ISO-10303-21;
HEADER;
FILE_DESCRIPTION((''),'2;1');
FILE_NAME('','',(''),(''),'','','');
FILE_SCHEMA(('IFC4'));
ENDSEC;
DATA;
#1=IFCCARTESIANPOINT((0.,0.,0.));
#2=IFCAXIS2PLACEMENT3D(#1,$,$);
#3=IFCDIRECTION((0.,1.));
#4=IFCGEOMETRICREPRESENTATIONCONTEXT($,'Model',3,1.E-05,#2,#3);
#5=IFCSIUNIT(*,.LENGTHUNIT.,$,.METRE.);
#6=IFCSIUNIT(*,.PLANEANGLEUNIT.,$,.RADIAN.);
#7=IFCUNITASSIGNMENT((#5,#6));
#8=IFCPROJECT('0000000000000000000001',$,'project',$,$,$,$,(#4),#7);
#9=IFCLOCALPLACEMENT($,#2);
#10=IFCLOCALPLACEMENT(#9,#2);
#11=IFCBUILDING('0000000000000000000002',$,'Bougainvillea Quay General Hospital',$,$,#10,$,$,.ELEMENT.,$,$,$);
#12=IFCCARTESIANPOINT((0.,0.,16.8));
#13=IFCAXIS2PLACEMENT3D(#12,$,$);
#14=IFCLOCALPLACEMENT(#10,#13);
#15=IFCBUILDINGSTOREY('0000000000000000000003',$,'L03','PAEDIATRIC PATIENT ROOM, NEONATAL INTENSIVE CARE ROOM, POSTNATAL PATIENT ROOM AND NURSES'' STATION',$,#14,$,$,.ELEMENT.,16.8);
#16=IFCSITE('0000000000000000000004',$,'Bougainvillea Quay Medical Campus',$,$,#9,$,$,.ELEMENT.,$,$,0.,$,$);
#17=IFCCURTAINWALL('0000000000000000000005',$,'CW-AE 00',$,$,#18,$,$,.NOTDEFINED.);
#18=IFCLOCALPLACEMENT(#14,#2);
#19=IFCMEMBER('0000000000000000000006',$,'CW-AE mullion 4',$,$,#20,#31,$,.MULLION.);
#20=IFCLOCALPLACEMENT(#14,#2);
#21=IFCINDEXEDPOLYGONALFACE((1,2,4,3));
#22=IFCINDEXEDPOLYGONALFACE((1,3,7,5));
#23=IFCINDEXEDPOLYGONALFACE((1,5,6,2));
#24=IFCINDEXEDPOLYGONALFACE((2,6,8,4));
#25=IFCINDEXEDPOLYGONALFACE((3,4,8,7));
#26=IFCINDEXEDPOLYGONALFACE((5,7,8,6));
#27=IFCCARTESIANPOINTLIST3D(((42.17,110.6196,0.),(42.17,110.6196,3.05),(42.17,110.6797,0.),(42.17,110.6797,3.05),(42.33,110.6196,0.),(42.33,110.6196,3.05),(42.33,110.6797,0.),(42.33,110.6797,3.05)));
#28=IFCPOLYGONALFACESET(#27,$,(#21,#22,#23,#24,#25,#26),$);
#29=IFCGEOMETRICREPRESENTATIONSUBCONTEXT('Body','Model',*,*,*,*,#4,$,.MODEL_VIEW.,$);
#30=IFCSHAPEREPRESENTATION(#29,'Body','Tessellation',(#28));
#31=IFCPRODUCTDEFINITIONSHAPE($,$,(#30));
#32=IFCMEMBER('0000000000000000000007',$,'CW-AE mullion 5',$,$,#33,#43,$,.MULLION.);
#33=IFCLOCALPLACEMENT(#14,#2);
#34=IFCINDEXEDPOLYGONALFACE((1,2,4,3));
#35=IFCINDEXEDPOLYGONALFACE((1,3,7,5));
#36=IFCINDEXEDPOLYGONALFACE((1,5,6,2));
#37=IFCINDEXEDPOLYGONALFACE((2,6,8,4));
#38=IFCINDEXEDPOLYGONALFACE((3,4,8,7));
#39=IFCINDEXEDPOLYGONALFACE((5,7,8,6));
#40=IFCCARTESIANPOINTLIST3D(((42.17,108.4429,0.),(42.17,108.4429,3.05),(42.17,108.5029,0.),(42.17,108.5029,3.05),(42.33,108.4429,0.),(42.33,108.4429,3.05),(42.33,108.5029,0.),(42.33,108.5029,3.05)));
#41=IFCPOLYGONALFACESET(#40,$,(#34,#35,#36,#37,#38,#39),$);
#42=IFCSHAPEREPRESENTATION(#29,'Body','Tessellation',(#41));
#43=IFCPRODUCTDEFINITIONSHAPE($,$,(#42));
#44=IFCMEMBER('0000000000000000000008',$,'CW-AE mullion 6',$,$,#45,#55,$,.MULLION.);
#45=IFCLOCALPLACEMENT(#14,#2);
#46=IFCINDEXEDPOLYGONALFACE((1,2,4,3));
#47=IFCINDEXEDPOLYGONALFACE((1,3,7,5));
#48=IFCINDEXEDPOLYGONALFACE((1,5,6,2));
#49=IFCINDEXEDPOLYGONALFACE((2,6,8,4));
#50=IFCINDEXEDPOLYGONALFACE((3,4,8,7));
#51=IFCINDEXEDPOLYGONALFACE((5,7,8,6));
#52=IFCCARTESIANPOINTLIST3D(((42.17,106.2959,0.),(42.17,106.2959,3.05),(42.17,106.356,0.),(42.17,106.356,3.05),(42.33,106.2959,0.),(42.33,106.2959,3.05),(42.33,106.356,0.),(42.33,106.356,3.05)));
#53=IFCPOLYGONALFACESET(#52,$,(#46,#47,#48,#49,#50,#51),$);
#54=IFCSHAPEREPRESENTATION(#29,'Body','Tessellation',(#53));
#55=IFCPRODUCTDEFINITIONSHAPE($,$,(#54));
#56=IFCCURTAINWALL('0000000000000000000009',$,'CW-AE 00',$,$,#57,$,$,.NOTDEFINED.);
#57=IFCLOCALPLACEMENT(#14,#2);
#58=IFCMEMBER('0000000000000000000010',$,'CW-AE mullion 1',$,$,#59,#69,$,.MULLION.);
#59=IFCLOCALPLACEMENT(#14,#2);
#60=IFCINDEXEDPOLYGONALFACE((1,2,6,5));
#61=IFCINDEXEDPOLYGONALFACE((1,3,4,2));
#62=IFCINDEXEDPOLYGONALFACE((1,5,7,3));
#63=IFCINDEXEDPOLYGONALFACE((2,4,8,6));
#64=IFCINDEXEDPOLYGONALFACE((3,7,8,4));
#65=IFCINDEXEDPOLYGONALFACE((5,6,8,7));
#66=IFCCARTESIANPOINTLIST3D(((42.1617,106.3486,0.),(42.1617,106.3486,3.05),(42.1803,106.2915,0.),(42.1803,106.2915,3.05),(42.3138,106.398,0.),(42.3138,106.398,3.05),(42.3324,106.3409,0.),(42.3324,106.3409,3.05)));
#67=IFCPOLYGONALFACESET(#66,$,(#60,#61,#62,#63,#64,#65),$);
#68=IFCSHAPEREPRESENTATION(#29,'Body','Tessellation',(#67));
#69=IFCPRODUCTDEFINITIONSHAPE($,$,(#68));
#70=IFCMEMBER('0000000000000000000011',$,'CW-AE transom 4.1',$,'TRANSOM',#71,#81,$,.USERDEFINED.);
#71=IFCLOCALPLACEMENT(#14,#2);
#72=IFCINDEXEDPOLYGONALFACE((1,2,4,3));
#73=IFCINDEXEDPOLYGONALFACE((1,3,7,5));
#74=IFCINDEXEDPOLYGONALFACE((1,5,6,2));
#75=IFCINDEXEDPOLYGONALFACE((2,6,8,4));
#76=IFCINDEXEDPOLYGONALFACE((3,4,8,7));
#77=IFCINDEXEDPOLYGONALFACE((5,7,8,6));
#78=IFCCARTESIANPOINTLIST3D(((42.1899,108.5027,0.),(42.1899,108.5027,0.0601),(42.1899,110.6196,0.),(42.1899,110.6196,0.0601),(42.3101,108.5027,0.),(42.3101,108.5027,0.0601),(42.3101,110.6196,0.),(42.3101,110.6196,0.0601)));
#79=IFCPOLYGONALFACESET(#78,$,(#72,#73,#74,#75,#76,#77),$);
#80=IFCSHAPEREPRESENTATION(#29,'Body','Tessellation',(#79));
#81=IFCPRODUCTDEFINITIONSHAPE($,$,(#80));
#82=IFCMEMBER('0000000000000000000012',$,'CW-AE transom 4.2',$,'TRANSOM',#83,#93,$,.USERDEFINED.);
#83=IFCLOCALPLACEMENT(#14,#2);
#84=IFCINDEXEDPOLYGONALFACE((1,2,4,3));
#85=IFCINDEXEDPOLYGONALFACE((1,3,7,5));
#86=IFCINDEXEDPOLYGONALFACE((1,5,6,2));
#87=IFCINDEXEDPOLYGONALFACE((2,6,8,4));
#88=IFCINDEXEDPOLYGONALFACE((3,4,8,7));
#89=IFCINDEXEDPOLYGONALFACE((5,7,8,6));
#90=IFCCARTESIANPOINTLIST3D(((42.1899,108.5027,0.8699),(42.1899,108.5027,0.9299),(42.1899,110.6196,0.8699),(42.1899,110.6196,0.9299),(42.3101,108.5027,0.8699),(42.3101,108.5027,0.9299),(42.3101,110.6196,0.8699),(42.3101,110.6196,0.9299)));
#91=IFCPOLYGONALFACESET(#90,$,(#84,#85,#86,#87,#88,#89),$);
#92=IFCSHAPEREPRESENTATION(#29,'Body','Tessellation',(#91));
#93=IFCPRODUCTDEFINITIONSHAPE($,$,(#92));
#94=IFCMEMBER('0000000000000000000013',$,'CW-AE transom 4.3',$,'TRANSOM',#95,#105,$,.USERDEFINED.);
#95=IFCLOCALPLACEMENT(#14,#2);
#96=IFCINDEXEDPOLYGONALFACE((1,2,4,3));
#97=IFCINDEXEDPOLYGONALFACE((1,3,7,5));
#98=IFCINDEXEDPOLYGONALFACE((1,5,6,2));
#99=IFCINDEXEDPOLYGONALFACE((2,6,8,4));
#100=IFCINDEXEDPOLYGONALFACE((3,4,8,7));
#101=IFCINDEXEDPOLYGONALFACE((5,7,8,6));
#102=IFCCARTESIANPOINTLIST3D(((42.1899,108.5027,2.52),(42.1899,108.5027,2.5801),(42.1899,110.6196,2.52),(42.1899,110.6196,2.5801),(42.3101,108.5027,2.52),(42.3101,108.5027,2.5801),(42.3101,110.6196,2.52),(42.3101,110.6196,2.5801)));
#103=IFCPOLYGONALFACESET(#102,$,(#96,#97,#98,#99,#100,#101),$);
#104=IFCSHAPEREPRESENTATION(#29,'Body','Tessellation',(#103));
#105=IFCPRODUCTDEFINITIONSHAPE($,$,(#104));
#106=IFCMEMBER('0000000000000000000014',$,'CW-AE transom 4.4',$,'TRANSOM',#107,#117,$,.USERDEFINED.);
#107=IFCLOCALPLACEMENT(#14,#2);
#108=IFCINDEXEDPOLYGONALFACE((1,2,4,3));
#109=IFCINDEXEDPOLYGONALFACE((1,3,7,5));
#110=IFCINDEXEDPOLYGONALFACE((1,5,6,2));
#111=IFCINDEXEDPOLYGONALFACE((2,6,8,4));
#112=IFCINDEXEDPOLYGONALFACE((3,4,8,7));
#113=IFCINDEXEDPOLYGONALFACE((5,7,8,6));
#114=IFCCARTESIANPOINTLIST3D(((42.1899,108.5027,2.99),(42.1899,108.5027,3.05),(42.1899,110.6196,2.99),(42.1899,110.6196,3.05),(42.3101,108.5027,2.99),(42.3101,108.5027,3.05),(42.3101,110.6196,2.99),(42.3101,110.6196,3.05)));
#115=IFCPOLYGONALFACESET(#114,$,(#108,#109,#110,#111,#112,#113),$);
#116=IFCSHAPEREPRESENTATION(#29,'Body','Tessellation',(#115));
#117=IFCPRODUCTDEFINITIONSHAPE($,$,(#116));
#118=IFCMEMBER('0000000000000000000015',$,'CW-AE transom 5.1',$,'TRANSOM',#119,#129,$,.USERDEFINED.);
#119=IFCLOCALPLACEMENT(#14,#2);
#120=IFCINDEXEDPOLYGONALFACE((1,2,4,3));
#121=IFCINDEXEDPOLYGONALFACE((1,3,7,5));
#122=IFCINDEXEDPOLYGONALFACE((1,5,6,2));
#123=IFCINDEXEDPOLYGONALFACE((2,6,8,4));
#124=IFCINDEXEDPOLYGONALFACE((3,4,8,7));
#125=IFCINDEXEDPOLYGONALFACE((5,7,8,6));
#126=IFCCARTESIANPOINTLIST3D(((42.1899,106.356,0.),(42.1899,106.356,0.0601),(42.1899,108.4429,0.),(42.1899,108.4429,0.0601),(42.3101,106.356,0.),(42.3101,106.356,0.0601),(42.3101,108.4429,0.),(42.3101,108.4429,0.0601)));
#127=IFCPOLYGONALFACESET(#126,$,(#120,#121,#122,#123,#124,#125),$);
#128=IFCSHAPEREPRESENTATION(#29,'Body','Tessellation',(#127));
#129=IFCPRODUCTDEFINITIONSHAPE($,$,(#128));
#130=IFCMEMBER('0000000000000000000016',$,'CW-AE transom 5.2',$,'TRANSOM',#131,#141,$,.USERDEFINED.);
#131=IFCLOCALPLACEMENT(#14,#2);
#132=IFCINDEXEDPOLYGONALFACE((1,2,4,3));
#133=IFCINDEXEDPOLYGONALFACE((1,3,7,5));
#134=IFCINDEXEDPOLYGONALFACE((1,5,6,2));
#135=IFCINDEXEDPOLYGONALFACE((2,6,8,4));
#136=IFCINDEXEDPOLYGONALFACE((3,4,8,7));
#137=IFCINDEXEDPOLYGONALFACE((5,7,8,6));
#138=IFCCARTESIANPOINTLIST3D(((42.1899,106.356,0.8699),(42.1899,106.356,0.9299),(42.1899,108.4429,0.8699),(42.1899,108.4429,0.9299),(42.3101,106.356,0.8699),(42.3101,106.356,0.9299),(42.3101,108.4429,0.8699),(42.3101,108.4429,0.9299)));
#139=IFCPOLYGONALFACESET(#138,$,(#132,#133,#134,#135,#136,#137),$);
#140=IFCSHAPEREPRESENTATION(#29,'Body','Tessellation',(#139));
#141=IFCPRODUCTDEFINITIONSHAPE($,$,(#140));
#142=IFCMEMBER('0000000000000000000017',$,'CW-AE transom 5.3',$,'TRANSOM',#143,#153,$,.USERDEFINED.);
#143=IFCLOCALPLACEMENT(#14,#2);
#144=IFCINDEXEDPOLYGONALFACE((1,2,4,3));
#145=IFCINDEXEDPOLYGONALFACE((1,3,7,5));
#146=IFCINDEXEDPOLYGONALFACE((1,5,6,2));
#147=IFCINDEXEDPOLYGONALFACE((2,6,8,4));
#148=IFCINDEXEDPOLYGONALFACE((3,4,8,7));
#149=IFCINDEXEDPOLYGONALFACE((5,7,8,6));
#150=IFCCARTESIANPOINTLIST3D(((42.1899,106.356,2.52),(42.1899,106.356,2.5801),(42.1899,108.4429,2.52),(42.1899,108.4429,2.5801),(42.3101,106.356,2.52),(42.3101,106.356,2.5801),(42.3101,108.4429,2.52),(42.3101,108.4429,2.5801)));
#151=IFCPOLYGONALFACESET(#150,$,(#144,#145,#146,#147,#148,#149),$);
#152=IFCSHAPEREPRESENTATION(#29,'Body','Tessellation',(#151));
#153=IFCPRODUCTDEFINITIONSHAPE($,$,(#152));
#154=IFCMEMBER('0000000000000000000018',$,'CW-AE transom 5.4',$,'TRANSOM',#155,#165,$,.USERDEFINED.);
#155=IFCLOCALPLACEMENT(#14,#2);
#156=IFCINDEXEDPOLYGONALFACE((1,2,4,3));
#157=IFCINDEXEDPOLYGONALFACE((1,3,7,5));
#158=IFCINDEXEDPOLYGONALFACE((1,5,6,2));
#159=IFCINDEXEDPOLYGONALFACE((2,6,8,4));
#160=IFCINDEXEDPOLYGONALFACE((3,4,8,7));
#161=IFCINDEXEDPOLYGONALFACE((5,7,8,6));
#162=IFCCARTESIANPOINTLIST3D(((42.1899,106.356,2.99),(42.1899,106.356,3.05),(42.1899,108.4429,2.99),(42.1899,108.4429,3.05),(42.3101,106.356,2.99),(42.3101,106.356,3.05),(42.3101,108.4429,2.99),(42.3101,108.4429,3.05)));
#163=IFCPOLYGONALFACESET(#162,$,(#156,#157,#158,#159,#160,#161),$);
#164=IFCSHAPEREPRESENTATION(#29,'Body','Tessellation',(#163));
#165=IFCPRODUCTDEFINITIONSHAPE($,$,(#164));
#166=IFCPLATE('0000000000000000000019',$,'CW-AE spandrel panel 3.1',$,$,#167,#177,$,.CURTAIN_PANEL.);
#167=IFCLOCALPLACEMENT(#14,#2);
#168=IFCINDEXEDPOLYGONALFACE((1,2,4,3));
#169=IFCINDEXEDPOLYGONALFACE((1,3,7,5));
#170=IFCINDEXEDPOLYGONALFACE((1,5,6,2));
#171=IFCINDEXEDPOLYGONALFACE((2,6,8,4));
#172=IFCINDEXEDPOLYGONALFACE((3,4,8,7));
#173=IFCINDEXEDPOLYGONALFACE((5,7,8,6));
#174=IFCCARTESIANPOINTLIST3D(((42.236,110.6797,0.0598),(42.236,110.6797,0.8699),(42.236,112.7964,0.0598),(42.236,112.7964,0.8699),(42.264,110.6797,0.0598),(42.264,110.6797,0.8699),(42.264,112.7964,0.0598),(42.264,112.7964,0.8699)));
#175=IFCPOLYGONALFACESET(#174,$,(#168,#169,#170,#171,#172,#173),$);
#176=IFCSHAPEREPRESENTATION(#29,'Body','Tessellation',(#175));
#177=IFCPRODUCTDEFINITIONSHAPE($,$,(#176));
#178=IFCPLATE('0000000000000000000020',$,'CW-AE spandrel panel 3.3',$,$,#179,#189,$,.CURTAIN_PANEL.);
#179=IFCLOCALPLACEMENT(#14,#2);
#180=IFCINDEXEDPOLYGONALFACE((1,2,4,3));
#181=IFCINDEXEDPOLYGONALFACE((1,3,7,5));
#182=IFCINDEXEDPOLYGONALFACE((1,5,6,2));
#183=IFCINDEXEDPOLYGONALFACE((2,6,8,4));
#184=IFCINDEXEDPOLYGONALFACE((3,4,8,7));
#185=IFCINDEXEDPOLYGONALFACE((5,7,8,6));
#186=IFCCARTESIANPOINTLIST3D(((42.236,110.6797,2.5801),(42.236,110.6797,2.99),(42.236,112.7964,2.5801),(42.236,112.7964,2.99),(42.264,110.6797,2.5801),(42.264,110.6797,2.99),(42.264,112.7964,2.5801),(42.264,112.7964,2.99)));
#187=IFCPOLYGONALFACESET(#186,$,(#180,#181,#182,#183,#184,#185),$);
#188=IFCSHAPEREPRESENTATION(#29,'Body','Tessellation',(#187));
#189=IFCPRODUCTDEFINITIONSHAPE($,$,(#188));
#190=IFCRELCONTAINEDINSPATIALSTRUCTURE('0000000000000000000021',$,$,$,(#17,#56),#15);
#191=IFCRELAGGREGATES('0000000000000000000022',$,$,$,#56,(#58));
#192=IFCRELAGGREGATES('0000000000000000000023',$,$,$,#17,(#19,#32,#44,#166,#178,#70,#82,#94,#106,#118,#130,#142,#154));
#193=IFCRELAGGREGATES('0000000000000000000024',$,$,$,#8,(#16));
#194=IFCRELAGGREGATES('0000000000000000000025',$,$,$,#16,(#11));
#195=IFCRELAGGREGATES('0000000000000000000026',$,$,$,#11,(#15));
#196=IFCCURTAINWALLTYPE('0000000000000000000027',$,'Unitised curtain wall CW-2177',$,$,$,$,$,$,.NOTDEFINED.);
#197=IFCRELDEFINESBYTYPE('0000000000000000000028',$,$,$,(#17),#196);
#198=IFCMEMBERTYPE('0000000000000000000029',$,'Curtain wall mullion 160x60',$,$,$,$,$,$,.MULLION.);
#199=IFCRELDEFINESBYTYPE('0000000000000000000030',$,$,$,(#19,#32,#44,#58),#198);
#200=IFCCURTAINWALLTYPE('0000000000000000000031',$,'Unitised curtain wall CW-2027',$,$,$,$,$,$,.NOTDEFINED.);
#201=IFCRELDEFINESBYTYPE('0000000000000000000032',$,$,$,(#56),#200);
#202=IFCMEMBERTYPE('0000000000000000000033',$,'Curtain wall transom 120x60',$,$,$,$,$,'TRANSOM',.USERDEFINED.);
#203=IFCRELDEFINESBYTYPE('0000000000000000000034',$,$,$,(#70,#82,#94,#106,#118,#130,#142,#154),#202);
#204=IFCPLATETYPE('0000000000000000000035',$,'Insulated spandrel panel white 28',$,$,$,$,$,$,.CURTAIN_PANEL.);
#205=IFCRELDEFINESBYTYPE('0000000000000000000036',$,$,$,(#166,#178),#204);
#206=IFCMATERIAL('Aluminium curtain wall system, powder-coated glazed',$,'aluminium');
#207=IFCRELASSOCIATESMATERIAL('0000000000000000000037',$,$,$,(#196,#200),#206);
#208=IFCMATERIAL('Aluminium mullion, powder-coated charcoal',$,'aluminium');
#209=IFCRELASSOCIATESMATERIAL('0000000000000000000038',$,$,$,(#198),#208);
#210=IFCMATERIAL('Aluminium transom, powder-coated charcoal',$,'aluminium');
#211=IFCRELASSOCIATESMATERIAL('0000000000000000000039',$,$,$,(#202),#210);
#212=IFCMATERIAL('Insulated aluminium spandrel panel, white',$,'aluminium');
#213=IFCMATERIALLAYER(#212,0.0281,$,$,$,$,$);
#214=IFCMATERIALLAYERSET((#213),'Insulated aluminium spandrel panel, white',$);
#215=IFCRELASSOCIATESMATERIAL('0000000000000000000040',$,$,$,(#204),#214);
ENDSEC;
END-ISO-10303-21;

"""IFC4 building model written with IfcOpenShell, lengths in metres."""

from ifc_helpers import new_model, si_unit, direction, frame, origin, origin_2d, place, context, subcontext, project, spatial, rectangle, extrude, material, layer, layer_set, material_profile, profile_set, type_object, element, aggregate, save


model = new_model("IFC4")

# Units and contexts
model_context = context("Model", 3, precision=1e-05, world=origin(), true_north=direction((0.0, 1.0)))
body_context = subcontext(model_context, "Body", "Model", "MODEL_VIEW")
ifc_project = project(units=[si_unit("LENGTHUNIT", "METRE"), si_unit("PLANEANGLEUNIT", "RADIAN")], contexts=[model_context])

# Site, building, storey
site_placement = place(None, origin())
site = spatial("IfcSite", under=ifc_project, at=site_placement, Name="Bougainvillea Quay Medical Campus", CompositionType="ELEMENT", RefElevation=0.0)
building_placement = place(site_placement, origin())
building = spatial("IfcBuilding", under=site, at=building_placement, Name="Bougainvillea Quay General Hospital", CompositionType="ELEMENT")
storey_placement = place(building_placement, frame((0.0, 0.0, 16.8)))
storey = spatial("IfcBuildingStorey", under=building, at=storey_placement, Name="L03", Description="PAEDIATRIC PATIENT ROOM, NEONATAL INTENSIVE CARE ROOM, POSTNATAL PATIENT ROOM AND NURSES' STATION", CompositionType="ELEMENT", Elevation=16.8)

# Curtain wall, members
ifc_material_1 = material(Name="Aluminium curtain wall system, powder-coated glazed", Category="aluminium")
curtain_wall_type_1 = type_object("IfcCurtainWallType", Name="Unitised curtain wall CW-2177", PredefinedType="NOTDEFINED", material=ifc_material_1)
curtain_wall_1_placement = place(storey_placement, origin())
curtain_wall_1 = element("IfcCurtainWall", 1, at=curtain_wall_1_placement, inside=storey, type_object=curtain_wall_type_1, Name="CW-AE 00", PredefinedType="NOTDEFINED")
ifc_material_2 = material(Name="Aluminium mullion, powder-coated charcoal", Category="aluminium")
ifc_material_profile_1 = material_profile(ifc_material_2, rectangle(XDim=0.1599, YDim=0.0601, at=origin_2d()))
ifc_profile_set_1 = profile_set([ifc_material_profile_1], Name="Aluminium mullion, powder-coated charcoal")
member_type_1 = type_object("IfcMemberType", Name="Curtain wall mullion 160x60", PredefinedType="MULLION", material=ifc_profile_set_1)
member_1_placement = place(storey_placement, frame((42.25, 110.6497, 0.0), z_axis=(0.0, 0.0, 1.0), x_axis=(1.0, 0.0, 0.0)))
member_1 = element("IfcMember", 2, at=member_1_placement, type_object=member_type_1, Name="CW-AE mullion 4", PredefinedType="MULLION", context=body_context, shape_type="SweptSolid", body=[
    extrude(rectangle(XDim=0.1599, YDim=0.0601, at=origin_2d()), origin(), (0.0, 0.0, 1.0), 3.05),
])
member_2_placement = place(storey_placement, frame((42.25, 108.4729, 0.0), z_axis=(0.0, 0.0, 1.0), x_axis=(1.0, 0.0, 0.0)))
member_2 = element("IfcMember", 3, at=member_2_placement, type_object=member_type_1, Name="CW-AE mullion 5", PredefinedType="MULLION", context=body_context, shape_type="SweptSolid", body=[
    extrude(rectangle(XDim=0.1599, YDim=0.0601, at=origin_2d()), origin(), (0.0, 0.0, 1.0), 3.05),
])
member_3_placement = place(storey_placement, frame((42.25, 106.3259, 0.0), z_axis=(0.0, 0.0, 1.0), x_axis=(1.0, 0.0, 0.0)))
member_3 = element("IfcMember", 4, at=member_3_placement, type_object=member_type_1, Name="CW-AE mullion 6", PredefinedType="MULLION", context=body_context, shape_type="SweptSolid", body=[
    extrude(rectangle(XDim=0.1599, YDim=0.0601, at=origin_2d()), origin(), (0.0, 0.0, 1.0), 3.05),
])

# Curtain wall, member
curtain_wall_type_2 = type_object("IfcCurtainWallType", Name="Unitised curtain wall CW-2027", PredefinedType="NOTDEFINED", material=ifc_material_1)
curtain_wall_2_placement = place(storey_placement, origin())
curtain_wall_2 = element("IfcCurtainWall", 5, at=curtain_wall_2_placement, inside=storey, type_object=curtain_wall_type_2, Name="CW-AE 00", PredefinedType="NOTDEFINED")
member_4_placement = place(storey_placement, frame((42.2471, 106.3447, 0.0), z_axis=(0.0, 0.0, 1.0), x_axis=(0.951074, 0.308963, 0.0)))
member_4 = element("IfcMember", 6, at=member_4_placement, type_object=member_type_1, Name="CW-AE mullion 1", PredefinedType="MULLION", context=body_context, shape_type="SweptSolid", body=[
    extrude(rectangle(XDim=0.1599, YDim=0.0601, at=origin_2d()), origin(), (0.0, 0.0, 1.0), 3.05),
])
aggregate(curtain_wall_2, [member_4])

# Members
ifc_material_3 = material(Name="Aluminium transom, powder-coated charcoal", Category="aluminium")
ifc_material_profile_2 = material_profile(ifc_material_3, rectangle(XDim=0.1201, YDim=0.0601, at=origin_2d()))
ifc_profile_set_2 = profile_set([ifc_material_profile_2], Name="Aluminium transom, powder-coated charcoal")
member_type_2 = type_object("IfcMemberType", Name="Curtain wall transom 120x60", ElementType="TRANSOM", PredefinedType="USERDEFINED", material=ifc_profile_set_2)
member_5_placement = place(storey_placement, frame((42.25, 110.6196, 0.03), z_axis=(0.0, -1.0, 0.0), x_axis=(1.0, 0.0, 0.0)))
member_5 = element("IfcMember", 7, at=member_5_placement, type_object=member_type_2, Name="CW-AE transom 4.1", ObjectType="TRANSOM", PredefinedType="USERDEFINED", context=body_context, shape_type="SweptSolid", body=[
    extrude(rectangle(XDim=0.1201, YDim=0.0601, at=origin_2d()), origin(), (0.0, 0.0, 1.0), 2.1169),
])
member_6_placement = place(storey_placement, frame((42.25, 110.6196, 0.8999), z_axis=(0.0, -1.0, 0.0), x_axis=(1.0, 0.0, 0.0)))
member_6 = element("IfcMember", 8, at=member_6_placement, type_object=member_type_2, Name="CW-AE transom 4.2", ObjectType="TRANSOM", PredefinedType="USERDEFINED", context=body_context, shape_type="SweptSolid", body=[
    extrude(rectangle(XDim=0.1201, YDim=0.0601, at=origin_2d()), origin(), (0.0, 0.0, 1.0), 2.1169),
])
member_7_placement = place(storey_placement, frame((42.25, 110.6196, 2.55), z_axis=(0.0, -1.0, 0.0), x_axis=(1.0, 0.0, 0.0)))
member_7 = element("IfcMember", 9, at=member_7_placement, type_object=member_type_2, Name="CW-AE transom 4.3", ObjectType="TRANSOM", PredefinedType="USERDEFINED", context=body_context, shape_type="SweptSolid", body=[
    extrude(rectangle(XDim=0.1201, YDim=0.0601, at=origin_2d()), origin(), (0.0, 0.0, 1.0), 2.1169),
])
member_8_placement = place(storey_placement, frame((42.25, 110.6196, 3.02), z_axis=(0.0, -1.0, 0.0), x_axis=(1.0, 0.0, 0.0)))
member_8 = element("IfcMember", 10, at=member_8_placement, type_object=member_type_2, Name="CW-AE transom 4.4", ObjectType="TRANSOM", PredefinedType="USERDEFINED", context=body_context, shape_type="SweptSolid", body=[
    extrude(rectangle(XDim=0.1201, YDim=0.0601, at=origin_2d()), origin(), (0.0, 0.0, 1.0), 2.1169),
])
member_9_placement = place(storey_placement, frame((42.25, 108.4429, 0.03), z_axis=(0.0, -1.0, 0.0), x_axis=(1.0, 0.0, 0.0)))
member_9 = element("IfcMember", 11, at=member_9_placement, type_object=member_type_2, Name="CW-AE transom 5.1", ObjectType="TRANSOM", PredefinedType="USERDEFINED", context=body_context, shape_type="SweptSolid", body=[
    extrude(rectangle(XDim=0.1201, YDim=0.0601, at=origin_2d()), origin(), (0.0, 0.0, 1.0), 2.0869),
])
member_10_placement = place(storey_placement, frame((42.25, 108.4429, 0.8999), z_axis=(0.0, -1.0, 0.0), x_axis=(1.0, 0.0, 0.0)))
member_10 = element("IfcMember", 12, at=member_10_placement, type_object=member_type_2, Name="CW-AE transom 5.2", ObjectType="TRANSOM", PredefinedType="USERDEFINED", context=body_context, shape_type="SweptSolid", body=[
    extrude(rectangle(XDim=0.1201, YDim=0.0601, at=origin_2d()), origin(), (0.0, 0.0, 1.0), 2.0869),
])
member_11_placement = place(storey_placement, frame((42.25, 108.4429, 2.55), z_axis=(0.0, -1.0, 0.0), x_axis=(1.0, 0.0, 0.0)))
member_11 = element("IfcMember", 13, at=member_11_placement, type_object=member_type_2, Name="CW-AE transom 5.3", ObjectType="TRANSOM", PredefinedType="USERDEFINED", context=body_context, shape_type="SweptSolid", body=[
    extrude(rectangle(XDim=0.1201, YDim=0.0601, at=origin_2d()), origin(), (0.0, 0.0, 1.0), 2.0869),
])
member_12_placement = place(storey_placement, frame((42.25, 108.4429, 3.02), z_axis=(0.0, -1.0, 0.0), x_axis=(1.0, 0.0, 0.0)))
member_12 = element("IfcMember", 14, at=member_12_placement, type_object=member_type_2, Name="CW-AE transom 5.4", ObjectType="TRANSOM", PredefinedType="USERDEFINED", context=body_context, shape_type="SweptSolid", body=[
    extrude(rectangle(XDim=0.1201, YDim=0.0601, at=origin_2d()), origin(), (0.0, 0.0, 1.0), 2.0869),
])

# Plates
ifc_material_4 = material(Name="Insulated aluminium spandrel panel, white", Category="aluminium")
ifc_layer_1 = layer(ifc_material_4, 0.0281)
ifc_layer_set_1 = layer_set([ifc_layer_1], Name="Insulated aluminium spandrel panel, white")
plate_type_1 = type_object("IfcPlateType", Name="Insulated spandrel panel white 28", PredefinedType="CURTAIN_PANEL", material=ifc_layer_set_1)
plate_1_placement = place(storey_placement, frame((42.25, 111.738, 0.0598), z_axis=(0.0, 0.0, 1.0), x_axis=(0.0, -1.0, 0.0)))
plate_1 = element("IfcPlate", 15, at=plate_1_placement, type_object=plate_type_1, Name="CW-AE spandrel panel 3.1", PredefinedType="CURTAIN_PANEL", context=body_context, shape_type="SweptSolid", body=[
    extrude(rectangle(XDim=2.1167, YDim=0.0281, at=origin_2d()), origin(), (0.0, 0.0, 1.0), 0.8101),
])
plate_2_placement = place(storey_placement, frame((42.25, 111.738, 2.5801), z_axis=(0.0, 0.0, 1.0), x_axis=(0.0, -1.0, 0.0)))
plate_2 = element("IfcPlate", 16, at=plate_2_placement, type_object=plate_type_1, Name="CW-AE spandrel panel 3.3", PredefinedType="CURTAIN_PANEL", context=body_context, shape_type="SweptSolid", body=[
    extrude(rectangle(XDim=2.1167, YDim=0.0281, at=origin_2d()), origin(), (0.0, 0.0, 1.0), 0.4099),
])
aggregate(curtain_wall_1, [member_1, member_2, member_3, plate_1, plate_2, member_5, member_6, member_7, member_8, member_9, member_10, member_11, member_12])

save(model, "model.ifc")
